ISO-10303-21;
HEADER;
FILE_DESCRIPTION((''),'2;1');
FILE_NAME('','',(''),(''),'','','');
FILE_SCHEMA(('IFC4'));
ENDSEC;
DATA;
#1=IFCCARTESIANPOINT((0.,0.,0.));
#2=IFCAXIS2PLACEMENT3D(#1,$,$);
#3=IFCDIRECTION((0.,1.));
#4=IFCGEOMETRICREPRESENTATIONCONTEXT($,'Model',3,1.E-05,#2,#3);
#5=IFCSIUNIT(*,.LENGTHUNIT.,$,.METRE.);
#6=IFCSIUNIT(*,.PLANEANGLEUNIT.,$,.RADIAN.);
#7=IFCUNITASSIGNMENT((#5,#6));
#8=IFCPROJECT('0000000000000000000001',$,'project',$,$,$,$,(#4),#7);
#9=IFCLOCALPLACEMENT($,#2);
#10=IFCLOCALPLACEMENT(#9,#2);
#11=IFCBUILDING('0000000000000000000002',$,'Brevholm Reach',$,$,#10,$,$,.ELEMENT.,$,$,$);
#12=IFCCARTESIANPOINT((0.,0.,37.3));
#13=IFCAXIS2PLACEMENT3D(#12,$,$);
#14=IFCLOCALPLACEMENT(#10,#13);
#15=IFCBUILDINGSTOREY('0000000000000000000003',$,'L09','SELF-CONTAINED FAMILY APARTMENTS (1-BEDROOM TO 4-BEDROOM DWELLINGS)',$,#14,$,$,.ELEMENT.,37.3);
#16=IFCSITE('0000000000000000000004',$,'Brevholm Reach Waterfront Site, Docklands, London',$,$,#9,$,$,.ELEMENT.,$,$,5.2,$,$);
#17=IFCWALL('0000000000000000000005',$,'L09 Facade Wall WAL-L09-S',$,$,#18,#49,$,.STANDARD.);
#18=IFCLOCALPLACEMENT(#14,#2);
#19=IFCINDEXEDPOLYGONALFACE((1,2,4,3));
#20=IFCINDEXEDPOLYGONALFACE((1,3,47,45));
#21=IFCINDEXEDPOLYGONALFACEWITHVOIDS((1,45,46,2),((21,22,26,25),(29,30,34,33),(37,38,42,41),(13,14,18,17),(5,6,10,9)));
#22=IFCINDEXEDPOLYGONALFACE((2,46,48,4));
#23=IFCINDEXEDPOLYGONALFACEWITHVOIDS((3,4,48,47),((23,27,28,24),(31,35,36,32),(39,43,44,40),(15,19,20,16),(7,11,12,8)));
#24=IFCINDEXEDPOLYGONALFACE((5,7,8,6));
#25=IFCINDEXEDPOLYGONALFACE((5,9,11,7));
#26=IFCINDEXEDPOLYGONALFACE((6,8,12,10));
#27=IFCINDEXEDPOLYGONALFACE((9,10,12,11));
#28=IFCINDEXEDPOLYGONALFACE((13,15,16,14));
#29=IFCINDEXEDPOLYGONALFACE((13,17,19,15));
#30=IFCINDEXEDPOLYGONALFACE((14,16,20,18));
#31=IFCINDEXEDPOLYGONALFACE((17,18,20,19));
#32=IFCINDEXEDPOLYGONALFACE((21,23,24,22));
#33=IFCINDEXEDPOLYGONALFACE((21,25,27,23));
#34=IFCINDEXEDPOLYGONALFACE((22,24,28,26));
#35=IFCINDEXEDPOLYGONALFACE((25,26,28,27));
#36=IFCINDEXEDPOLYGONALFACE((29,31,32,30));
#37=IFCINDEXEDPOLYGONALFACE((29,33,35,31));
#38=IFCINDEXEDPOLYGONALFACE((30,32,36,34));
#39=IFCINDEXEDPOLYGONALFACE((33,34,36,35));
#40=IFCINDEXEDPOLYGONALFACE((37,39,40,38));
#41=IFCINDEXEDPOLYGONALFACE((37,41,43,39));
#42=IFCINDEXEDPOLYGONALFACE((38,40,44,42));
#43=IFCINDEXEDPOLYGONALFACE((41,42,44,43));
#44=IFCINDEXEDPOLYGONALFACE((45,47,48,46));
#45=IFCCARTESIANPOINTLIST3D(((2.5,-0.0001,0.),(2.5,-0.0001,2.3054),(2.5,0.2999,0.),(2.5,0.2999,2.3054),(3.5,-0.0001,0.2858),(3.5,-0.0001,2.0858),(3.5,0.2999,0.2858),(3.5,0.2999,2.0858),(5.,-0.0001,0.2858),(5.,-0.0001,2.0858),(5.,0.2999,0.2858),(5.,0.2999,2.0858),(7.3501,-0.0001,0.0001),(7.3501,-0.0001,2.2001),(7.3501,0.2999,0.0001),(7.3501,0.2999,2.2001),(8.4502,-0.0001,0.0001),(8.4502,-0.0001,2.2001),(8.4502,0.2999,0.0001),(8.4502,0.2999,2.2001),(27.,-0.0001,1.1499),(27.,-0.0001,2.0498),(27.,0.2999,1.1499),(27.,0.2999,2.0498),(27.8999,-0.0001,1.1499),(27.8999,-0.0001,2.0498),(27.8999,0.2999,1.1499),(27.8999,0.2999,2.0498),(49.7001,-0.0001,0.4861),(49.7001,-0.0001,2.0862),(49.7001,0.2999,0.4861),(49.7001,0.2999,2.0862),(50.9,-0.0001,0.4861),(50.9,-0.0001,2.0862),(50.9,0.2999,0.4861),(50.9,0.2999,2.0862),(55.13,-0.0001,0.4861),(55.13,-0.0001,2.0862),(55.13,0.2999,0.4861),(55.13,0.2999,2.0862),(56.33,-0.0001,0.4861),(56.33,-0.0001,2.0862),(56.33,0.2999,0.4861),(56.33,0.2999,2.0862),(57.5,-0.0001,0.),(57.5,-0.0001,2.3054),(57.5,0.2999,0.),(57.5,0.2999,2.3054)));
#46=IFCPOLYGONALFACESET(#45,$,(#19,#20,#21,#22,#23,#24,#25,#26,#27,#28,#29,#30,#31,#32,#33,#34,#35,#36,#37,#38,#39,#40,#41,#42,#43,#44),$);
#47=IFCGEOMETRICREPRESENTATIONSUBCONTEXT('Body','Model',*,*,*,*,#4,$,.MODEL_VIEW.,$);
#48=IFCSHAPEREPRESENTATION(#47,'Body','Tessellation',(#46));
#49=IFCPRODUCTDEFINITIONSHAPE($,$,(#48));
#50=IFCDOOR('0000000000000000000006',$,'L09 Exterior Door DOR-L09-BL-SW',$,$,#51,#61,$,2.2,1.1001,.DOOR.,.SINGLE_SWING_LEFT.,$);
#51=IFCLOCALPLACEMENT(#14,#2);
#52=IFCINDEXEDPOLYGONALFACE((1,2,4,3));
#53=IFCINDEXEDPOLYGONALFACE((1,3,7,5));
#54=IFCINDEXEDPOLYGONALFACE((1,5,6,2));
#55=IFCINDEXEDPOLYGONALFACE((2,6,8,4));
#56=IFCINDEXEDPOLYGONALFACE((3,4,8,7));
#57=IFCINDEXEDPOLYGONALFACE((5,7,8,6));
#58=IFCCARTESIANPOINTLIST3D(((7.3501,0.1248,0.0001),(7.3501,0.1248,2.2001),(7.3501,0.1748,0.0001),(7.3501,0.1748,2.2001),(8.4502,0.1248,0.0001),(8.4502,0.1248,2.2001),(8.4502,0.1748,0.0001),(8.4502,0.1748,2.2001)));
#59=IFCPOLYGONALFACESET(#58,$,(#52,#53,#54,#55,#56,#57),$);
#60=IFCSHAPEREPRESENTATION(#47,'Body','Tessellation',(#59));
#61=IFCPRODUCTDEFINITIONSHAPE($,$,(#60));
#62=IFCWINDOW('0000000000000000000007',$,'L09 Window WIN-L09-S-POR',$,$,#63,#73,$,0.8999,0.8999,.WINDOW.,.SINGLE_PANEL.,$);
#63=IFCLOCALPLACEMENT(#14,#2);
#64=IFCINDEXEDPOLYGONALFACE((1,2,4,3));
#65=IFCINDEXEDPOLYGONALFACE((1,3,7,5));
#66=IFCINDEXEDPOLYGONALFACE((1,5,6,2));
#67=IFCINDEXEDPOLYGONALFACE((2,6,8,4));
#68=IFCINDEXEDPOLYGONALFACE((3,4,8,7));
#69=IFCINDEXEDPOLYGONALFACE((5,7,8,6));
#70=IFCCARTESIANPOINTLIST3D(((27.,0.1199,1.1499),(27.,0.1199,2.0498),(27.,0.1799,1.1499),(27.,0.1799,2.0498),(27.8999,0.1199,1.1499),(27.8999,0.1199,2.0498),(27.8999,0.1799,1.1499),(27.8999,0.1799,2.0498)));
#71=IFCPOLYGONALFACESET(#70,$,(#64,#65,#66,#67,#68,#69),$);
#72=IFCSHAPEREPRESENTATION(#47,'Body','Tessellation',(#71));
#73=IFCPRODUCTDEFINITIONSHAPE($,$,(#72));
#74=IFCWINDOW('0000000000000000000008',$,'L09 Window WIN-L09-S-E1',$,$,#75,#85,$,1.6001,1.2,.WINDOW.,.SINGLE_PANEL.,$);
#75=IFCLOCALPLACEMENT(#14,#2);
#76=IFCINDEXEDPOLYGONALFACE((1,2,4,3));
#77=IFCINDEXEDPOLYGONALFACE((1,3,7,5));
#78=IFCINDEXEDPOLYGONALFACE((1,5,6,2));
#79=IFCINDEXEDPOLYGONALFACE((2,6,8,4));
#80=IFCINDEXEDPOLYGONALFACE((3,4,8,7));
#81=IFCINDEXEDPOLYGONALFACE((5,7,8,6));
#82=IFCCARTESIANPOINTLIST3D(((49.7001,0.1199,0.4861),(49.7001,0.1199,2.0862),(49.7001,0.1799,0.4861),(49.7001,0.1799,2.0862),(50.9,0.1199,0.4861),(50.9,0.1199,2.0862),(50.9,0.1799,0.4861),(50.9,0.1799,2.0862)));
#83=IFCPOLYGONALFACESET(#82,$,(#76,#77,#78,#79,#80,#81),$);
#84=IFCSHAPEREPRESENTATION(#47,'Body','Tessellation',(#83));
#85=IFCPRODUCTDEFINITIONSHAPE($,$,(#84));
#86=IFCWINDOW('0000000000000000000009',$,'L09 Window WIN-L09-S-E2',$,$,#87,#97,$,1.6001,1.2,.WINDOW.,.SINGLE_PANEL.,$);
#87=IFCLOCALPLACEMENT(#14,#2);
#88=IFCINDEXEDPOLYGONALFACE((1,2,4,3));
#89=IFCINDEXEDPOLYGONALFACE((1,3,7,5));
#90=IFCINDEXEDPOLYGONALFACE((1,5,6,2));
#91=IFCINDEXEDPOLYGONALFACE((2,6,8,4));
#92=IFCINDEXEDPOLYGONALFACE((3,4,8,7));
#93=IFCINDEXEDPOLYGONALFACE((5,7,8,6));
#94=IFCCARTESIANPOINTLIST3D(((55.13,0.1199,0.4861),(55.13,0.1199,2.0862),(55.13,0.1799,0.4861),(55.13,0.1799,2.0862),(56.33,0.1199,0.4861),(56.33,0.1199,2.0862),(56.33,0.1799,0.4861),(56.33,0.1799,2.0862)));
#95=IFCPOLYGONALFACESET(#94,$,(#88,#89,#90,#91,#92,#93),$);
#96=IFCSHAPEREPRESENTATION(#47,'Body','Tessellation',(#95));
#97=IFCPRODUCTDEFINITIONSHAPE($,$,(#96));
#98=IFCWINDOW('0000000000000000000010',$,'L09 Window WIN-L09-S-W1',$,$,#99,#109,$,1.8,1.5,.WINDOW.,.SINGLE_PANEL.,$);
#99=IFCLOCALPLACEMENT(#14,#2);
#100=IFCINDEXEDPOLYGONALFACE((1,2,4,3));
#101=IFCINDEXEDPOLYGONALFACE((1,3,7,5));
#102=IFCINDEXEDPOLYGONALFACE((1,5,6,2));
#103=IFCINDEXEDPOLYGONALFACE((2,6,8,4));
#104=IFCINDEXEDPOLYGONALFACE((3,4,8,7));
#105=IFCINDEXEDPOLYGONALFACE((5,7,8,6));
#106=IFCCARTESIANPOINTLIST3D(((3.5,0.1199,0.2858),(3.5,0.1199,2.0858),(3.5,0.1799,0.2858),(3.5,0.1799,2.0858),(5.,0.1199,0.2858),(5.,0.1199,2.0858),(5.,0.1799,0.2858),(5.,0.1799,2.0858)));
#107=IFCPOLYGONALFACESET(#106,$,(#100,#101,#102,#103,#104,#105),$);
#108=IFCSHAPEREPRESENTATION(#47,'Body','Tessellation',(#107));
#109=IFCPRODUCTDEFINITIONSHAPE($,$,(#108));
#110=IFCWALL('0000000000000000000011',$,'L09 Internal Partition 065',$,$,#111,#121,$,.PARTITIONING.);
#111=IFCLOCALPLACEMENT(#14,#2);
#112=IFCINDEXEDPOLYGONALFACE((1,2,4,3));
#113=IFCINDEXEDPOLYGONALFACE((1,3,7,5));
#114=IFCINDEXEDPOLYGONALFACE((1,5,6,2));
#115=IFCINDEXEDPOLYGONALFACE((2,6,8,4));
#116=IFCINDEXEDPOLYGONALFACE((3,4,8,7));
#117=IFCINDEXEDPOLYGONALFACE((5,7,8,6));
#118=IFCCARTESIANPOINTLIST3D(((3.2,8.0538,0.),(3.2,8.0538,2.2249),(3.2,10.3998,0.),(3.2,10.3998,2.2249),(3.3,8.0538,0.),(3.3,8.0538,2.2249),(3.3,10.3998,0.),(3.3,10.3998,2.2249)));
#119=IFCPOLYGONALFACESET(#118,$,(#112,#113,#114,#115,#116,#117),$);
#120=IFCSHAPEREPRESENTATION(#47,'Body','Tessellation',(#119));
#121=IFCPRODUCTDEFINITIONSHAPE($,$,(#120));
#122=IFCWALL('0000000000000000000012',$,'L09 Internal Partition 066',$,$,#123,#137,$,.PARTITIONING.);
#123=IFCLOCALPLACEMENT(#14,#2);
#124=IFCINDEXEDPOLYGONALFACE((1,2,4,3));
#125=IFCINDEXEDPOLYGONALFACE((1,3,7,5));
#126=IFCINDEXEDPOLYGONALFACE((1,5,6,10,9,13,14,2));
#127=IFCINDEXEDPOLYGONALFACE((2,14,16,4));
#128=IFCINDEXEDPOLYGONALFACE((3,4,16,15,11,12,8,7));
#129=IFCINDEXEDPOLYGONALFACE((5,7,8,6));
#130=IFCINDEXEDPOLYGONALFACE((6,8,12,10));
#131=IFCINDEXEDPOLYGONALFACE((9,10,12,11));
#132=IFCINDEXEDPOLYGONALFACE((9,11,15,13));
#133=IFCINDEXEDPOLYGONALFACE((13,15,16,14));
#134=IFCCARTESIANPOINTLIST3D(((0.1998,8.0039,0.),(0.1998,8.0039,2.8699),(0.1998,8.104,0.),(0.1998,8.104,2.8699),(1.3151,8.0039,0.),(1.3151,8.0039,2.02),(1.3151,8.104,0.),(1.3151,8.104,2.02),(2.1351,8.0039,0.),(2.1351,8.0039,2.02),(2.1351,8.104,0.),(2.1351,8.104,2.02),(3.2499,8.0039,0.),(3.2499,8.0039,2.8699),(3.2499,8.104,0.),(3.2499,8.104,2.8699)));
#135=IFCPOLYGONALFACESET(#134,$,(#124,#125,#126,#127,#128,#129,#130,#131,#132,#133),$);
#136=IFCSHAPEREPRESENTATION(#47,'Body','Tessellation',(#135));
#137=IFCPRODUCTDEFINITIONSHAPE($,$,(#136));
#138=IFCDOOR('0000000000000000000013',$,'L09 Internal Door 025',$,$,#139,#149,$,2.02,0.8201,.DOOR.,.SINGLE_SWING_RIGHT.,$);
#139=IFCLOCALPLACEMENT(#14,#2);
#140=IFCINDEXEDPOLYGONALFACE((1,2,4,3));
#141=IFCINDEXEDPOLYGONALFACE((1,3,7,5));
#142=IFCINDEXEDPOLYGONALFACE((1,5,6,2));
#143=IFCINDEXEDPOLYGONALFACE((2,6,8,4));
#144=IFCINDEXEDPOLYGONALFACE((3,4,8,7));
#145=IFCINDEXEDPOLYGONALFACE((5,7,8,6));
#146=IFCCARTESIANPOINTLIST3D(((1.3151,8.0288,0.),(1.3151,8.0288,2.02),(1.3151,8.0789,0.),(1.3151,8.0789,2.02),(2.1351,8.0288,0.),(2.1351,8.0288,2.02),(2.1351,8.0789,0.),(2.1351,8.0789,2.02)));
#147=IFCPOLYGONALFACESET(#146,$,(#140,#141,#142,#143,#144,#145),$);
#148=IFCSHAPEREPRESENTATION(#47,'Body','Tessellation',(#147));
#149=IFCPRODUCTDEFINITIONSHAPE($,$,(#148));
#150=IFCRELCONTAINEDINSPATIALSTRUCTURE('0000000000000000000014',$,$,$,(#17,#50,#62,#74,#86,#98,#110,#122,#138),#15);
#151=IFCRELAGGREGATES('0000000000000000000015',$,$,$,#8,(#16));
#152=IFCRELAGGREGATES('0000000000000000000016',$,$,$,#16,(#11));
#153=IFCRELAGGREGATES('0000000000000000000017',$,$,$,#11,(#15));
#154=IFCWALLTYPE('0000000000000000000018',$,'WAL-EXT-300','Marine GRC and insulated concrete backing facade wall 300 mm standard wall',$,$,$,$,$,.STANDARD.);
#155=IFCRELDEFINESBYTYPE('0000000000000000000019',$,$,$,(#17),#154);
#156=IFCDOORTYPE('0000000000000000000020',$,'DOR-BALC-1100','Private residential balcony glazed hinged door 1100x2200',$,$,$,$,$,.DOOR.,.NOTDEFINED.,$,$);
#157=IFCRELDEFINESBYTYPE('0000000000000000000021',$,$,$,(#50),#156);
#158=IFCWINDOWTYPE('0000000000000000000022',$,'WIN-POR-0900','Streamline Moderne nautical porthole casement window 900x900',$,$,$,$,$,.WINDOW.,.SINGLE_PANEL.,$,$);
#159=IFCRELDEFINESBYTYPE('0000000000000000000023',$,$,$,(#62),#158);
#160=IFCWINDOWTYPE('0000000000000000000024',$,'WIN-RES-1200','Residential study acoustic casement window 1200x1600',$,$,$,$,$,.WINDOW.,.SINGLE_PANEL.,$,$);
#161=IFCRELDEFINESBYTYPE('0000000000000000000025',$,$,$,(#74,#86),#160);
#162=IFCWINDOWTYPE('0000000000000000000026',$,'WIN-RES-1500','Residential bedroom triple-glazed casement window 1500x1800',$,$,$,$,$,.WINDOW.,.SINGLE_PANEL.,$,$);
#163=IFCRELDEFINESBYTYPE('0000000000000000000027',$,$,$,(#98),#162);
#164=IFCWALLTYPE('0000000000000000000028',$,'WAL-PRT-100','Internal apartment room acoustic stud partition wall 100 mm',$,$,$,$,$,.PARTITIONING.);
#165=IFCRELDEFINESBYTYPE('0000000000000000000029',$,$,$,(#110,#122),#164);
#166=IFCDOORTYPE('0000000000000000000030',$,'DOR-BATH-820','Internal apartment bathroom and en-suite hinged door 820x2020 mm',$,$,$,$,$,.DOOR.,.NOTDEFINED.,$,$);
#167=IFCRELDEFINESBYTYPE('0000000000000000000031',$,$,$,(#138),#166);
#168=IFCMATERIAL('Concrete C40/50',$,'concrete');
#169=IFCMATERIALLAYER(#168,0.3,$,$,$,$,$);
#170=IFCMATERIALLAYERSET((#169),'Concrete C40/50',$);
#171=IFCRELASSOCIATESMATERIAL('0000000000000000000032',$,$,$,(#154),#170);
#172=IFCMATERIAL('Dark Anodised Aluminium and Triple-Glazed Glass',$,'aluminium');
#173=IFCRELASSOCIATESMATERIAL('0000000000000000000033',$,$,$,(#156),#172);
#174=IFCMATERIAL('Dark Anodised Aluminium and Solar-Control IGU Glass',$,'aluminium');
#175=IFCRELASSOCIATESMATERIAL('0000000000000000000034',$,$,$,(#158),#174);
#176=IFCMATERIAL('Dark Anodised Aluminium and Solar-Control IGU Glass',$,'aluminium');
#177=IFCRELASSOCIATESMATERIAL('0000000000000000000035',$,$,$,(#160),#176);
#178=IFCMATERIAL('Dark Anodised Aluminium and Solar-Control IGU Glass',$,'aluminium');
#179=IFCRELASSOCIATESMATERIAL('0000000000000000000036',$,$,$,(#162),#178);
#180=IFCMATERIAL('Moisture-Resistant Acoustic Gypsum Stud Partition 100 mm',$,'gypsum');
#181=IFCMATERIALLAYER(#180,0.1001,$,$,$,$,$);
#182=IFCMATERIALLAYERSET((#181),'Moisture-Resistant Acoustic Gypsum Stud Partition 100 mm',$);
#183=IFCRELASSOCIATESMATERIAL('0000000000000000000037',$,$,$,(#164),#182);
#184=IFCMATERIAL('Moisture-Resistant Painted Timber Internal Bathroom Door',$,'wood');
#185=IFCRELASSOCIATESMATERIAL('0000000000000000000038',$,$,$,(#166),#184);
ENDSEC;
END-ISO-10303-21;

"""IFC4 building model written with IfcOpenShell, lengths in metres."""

from ifc_helpers import new_model, si_unit, direction, frame, frame_2d, origin, place, context, subcontext, project, spatial, rectangle, extrude, material, layer, layer_set, type_object, element, fill, save


model = new_model("IFC4")

# Units and contexts
model_context = context("Model", 3, precision=1e-05, world=origin(), true_north=direction((0.0, 1.0)))
body_context = subcontext(model_context, "Body", "Model", "MODEL_VIEW")
ifc_project = project(units=[si_unit("LENGTHUNIT", "METRE"), si_unit("PLANEANGLEUNIT", "RADIAN")], contexts=[model_context])

# Site, building, storey
site_placement = place(None, origin())
site = spatial("IfcSite", under=ifc_project, at=site_placement, Name="Brevholm Reach Waterfront Site, Docklands, London", CompositionType="ELEMENT", RefElevation=5.2)
building_placement = place(site_placement, origin())
building = spatial("IfcBuilding", under=site, at=building_placement, Name="Brevholm Reach", CompositionType="ELEMENT")
storey_placement = place(building_placement, frame((0.0, 0.0, 37.3)))
storey = spatial("IfcBuildingStorey", under=building, at=storey_placement, Name="L09", Description="SELF-CONTAINED FAMILY APARTMENTS (1-BEDROOM TO 4-BEDROOM DWELLINGS)", CompositionType="ELEMENT", Elevation=37.3)

# Shared definitions
ifc_material_1 = material(Name="Concrete C40/50", Category="concrete")
ifc_layer_1 = layer(ifc_material_1, 0.3)
ifc_layer_set_1 = layer_set([ifc_layer_1], Name="Concrete C40/50")
wall_type_1 = type_object("IfcWallType", Name="WAL-EXT-300", Description="Marine GRC and insulated concrete backing facade wall 300 mm standard wall", PredefinedType="STANDARD", material=ifc_layer_set_1)

# Wall, openings, door, windows
wall_1_placement = place(storey_placement, frame((2.5, 0.1499, 0.0), z_axis=(0.0, 0.0, 1.0), x_axis=(1.0, 0.0, 0.0)))
wall_1 = element("IfcWall", 1, at=wall_1_placement, inside=storey, type_object=wall_type_1, Name="L09 Facade Wall WAL-L09-S", PredefinedType="STANDARD", context=body_context, shape_type="SweptSolid", body=[
    extrude(rectangle(XDim=55.0, YDim=0.3, at=frame_2d((27.5, 0.0))), origin(), (0.0, 0.0, 1.0), 2.3054),
])
opening_1_placement = place(wall_1_placement, frame((4.8501, 0.0, 0.0)))
opening_1 = element("IfcOpeningElement", 2, at=opening_1_placement, cuts=wall_1, PredefinedType="OPENING", context=body_context, shape_type="SweptSolid", body=[
    extrude(rectangle(XDim=1.1001, YDim=2.2, at=frame_2d((0.55, 1.1001))), frame((0.0, 0.1599, 0.0), z_axis=(0.0, -1.0, 0.0), x_axis=(1.0, 0.0, 0.0)), (0.0, 0.0, 1.0), 0.3201),
])
opening_2_placement = place(wall_1_placement, frame((1.0, 0.0, 0.2859)))
opening_2 = element("IfcOpeningElement", 3, at=opening_2_placement, cuts=wall_1, PredefinedType="OPENING", context=body_context, shape_type="SweptSolid", body=[
    extrude(rectangle(XDim=1.5, YDim=1.8, at=frame_2d((0.75, 0.8999))), frame((0.0, 0.1599, 0.0), z_axis=(0.0, -1.0, 0.0), x_axis=(1.0, 0.0, 0.0)), (0.0, 0.0, 1.0), 0.3201),
])
opening_3_placement = place(wall_1_placement, frame((24.5, 0.0, 1.1499)))
opening_3 = element("IfcOpeningElement", 4, at=opening_3_placement, cuts=wall_1, PredefinedType="OPENING", context=body_context, shape_type="SweptSolid", body=[
    extrude(rectangle(XDim=0.8999, YDim=0.8999, at=frame_2d((0.45, 0.45))), frame((0.0, 0.1599, 0.0), z_axis=(0.0, -1.0, 0.0), x_axis=(1.0, 0.0, 0.0)), (0.0, 0.0, 1.0), 0.3201),
])
opening_4_placement = place(wall_1_placement, frame((47.2, 0.0, 0.4861)))
opening_4 = element("IfcOpeningElement", 5, at=opening_4_placement, cuts=wall_1, PredefinedType="OPENING", context=body_context, shape_type="SweptSolid", body=[
    extrude(rectangle(XDim=1.2, YDim=1.6001, at=frame_2d((0.6001, 0.8))), frame((0.0, 0.1599, 0.0), z_axis=(0.0, -1.0, 0.0), x_axis=(1.0, 0.0, 0.0)), (0.0, 0.0, 1.0), 0.3201),
])
opening_5_placement = place(wall_1_placement, frame((52.6299, 0.0, 0.4861)))
opening_5 = element("IfcOpeningElement", 6, at=opening_5_placement, cuts=wall_1, PredefinedType="OPENING", context=body_context, shape_type="SweptSolid", body=[
    extrude(rectangle(XDim=1.2, YDim=1.6001, at=frame_2d((0.6001, 0.8))), frame((0.0, 0.1599, 0.0), z_axis=(0.0, -1.0, 0.0), x_axis=(1.0, 0.0, 0.0)), (0.0, 0.0, 1.0), 0.3201),
])
ifc_material_2 = material(Name="Dark Anodised Aluminium and Triple-Glazed Glass", Category="aluminium")
door_type_1 = type_object("IfcDoorType", Name="DOR-BALC-1100", Description="Private residential balcony glazed hinged door 1100x2200", OperationType="NOTDEFINED", PredefinedType="DOOR", material=ifc_material_2)
door_1_placement = place(opening_1_placement, origin())
door_1 = element("IfcDoor", 7, at=door_1_placement, inside=storey, type_object=door_type_1, Name="L09 Exterior Door DOR-L09-BL-SW", OperationType="SINGLE_SWING_LEFT", OverallHeight=2.2, OverallWidth=1.1001, PredefinedType="DOOR", context=body_context, shape_type="SweptSolid", body=[
    extrude(rectangle(XDim=1.1001, YDim=2.2, at=frame_2d((0.55, 1.1001))), frame((0.0, 0.0249, 0.0), z_axis=(0.0, -1.0, 0.0), x_axis=(1.0, 0.0, 0.0)), (0.0, 0.0, 1.0), 0.05),
])
fill(opening_1, door_1)
ifc_material_3 = material(Name="Dark Anodised Aluminium and Solar-Control IGU Glass", Category="aluminium")
window_type_1 = type_object("IfcWindowType", Name="WIN-POR-0900", Description="Streamline Moderne nautical porthole casement window 900x900", PartitioningType="SINGLE_PANEL", PredefinedType="WINDOW", material=ifc_material_3)
window_1_placement = place(opening_3_placement, origin())
window_1 = element("IfcWindow", 8, at=window_1_placement, inside=storey, type_object=window_type_1, Name="L09 Window WIN-L09-S-POR", OverallHeight=0.8999, OverallWidth=0.8999, PartitioningType="SINGLE_PANEL", PredefinedType="WINDOW", context=body_context, shape_type="SweptSolid", body=[
    extrude(rectangle(XDim=0.8999, YDim=0.8999, at=frame_2d((0.45, 0.45))), frame((0.0, 0.03, 0.0), z_axis=(0.0, -1.0, 0.0), x_axis=(1.0, 0.0, 0.0)), (0.0, 0.0, 1.0), 0.0601),
])
fill(opening_3, window_1)
ifc_material_4 = material(Name="Dark Anodised Aluminium and Solar-Control IGU Glass", Category="aluminium")
window_type_2 = type_object("IfcWindowType", Name="WIN-RES-1200", Description="Residential study acoustic casement window 1200x1600", PartitioningType="SINGLE_PANEL", PredefinedType="WINDOW", material=ifc_material_4)
window_2_placement = place(opening_4_placement, origin())
window_2 = element("IfcWindow", 9, at=window_2_placement, inside=storey, type_object=window_type_2, Name="L09 Window WIN-L09-S-E1", OverallHeight=1.6001, OverallWidth=1.2, PartitioningType="SINGLE_PANEL", PredefinedType="WINDOW", context=body_context, shape_type="SweptSolid", body=[
    extrude(rectangle(XDim=1.2, YDim=1.6001, at=frame_2d((0.6001, 0.8))), frame((0.0, 0.03, 0.0), z_axis=(0.0, -1.0, 0.0), x_axis=(1.0, 0.0, 0.0)), (0.0, 0.0, 1.0), 0.0601),
])
fill(opening_4, window_2)
window_3_placement = place(opening_5_placement, origin())
window_3 = element("IfcWindow", 10, at=window_3_placement, inside=storey, type_object=window_type_2, Name="L09 Window WIN-L09-S-E2", OverallHeight=1.6001, OverallWidth=1.2, PartitioningType="SINGLE_PANEL", PredefinedType="WINDOW", context=body_context, shape_type="SweptSolid", body=[
    extrude(rectangle(XDim=1.2, YDim=1.6001, at=frame_2d((0.6001, 0.8))), frame((0.0, 0.03, 0.0), z_axis=(0.0, -1.0, 0.0), x_axis=(1.0, 0.0, 0.0)), (0.0, 0.0, 1.0), 0.0601),
])
fill(opening_5, window_3)
ifc_material_5 = material(Name="Dark Anodised Aluminium and Solar-Control IGU Glass", Category="aluminium")
window_type_3 = type_object("IfcWindowType", Name="WIN-RES-1500", Description="Residential bedroom triple-glazed casement window 1500x1800", PartitioningType="SINGLE_PANEL", PredefinedType="WINDOW", material=ifc_material_5)
window_4_placement = place(opening_2_placement, origin())
window_4 = element("IfcWindow", 11, at=window_4_placement, inside=storey, type_object=window_type_3, Name="L09 Window WIN-L09-S-W1", OverallHeight=1.8, OverallWidth=1.5, PartitioningType="SINGLE_PANEL", PredefinedType="WINDOW", context=body_context, shape_type="SweptSolid", body=[
    extrude(rectangle(XDim=1.5, YDim=1.8, at=frame_2d((0.75, 0.8999))), frame((0.0, 0.03, 0.0), z_axis=(0.0, -1.0, 0.0), x_axis=(1.0, 0.0, 0.0)), (0.0, 0.0, 1.0), 0.0601),
])
fill(opening_2, window_4)

# Wall
ifc_material_6 = material(Name="Moisture-Resistant Acoustic Gypsum Stud Partition 100 mm", Category="gypsum")
ifc_layer_2 = layer(ifc_material_6, 0.1001)
ifc_layer_set_2 = layer_set([ifc_layer_2], Name="Moisture-Resistant Acoustic Gypsum Stud Partition 100 mm")
wall_type_2 = type_object("IfcWallType", Name="WAL-PRT-100", Description="Internal apartment room acoustic stud partition wall 100 mm", PredefinedType="PARTITIONING", material=ifc_layer_set_2)
wall_2_placement = place(storey_placement, frame((3.25, 8.054, 0.0), z_axis=(0.0, 0.0, 1.0), x_axis=(0.0, 1.0, 0.0)))
element("IfcWall", 12, at=wall_2_placement, inside=storey, type_object=wall_type_2, Name="L09 Internal Partition 065", PredefinedType="PARTITIONING", context=body_context, shape_type="SweptSolid", body=[
    extrude(rectangle(XDim=2.3459, YDim=0.1001, at=frame_2d((1.1729, 0.0))), origin(), (0.0, 0.0, 1.0), 2.2249),
])

# Wall, opening, door
wall_3_placement = place(storey_placement, frame((0.2, 8.054, 0.0), z_axis=(0.0, 0.0, 1.0), x_axis=(1.0, 0.0, 0.0)))
wall_3 = element("IfcWall", 13, at=wall_3_placement, inside=storey, type_object=wall_type_2, Name="L09 Internal Partition 066", PredefinedType="PARTITIONING", context=body_context, shape_type="SweptSolid", body=[
    extrude(rectangle(XDim=3.05, YDim=0.1001, at=frame_2d((1.5249, 0.0))), origin(), (0.0, 0.0, 1.0), 2.8699),
])
opening_6_placement = place(wall_3_placement, frame((1.115, 0.0, 0.0)))
opening_6 = element("IfcOpeningElement", 14, at=opening_6_placement, cuts=wall_3, PredefinedType="OPENING", context=body_context, shape_type="SweptSolid", body=[
    extrude(rectangle(XDim=0.8201, YDim=2.02, at=frame_2d((0.4102, 1.01))), frame((0.0, 0.0601, 0.0), z_axis=(0.0, -1.0, 0.0), x_axis=(1.0, 0.0, 0.0)), (0.0, 0.0, 1.0), 0.1201),
])
ifc_material_7 = material(Name="Moisture-Resistant Painted Timber Internal Bathroom Door", Category="wood")
door_type_2 = type_object("IfcDoorType", Name="DOR-BATH-820", Description="Internal apartment bathroom and en-suite hinged door 820x2020 mm", OperationType="NOTDEFINED", PredefinedType="DOOR", material=ifc_material_7)
door_2_placement = place(opening_6_placement, origin())
door_2 = element("IfcDoor", 15, at=door_2_placement, inside=storey, type_object=door_type_2, Name="L09 Internal Door 025", OperationType="SINGLE_SWING_RIGHT", OverallHeight=2.02, OverallWidth=0.8201, PredefinedType="DOOR", context=body_context, shape_type="SweptSolid", body=[
    extrude(rectangle(XDim=0.8201, YDim=2.02, at=frame_2d((0.4102, 1.01))), frame((0.0, 0.0249, 0.0), z_axis=(0.0, -1.0, 0.0), x_axis=(1.0, 0.0, 0.0)), (0.0, 0.0, 1.0), 0.05),
])
fill(opening_6, door_2)

save(model, "model.ifc")
